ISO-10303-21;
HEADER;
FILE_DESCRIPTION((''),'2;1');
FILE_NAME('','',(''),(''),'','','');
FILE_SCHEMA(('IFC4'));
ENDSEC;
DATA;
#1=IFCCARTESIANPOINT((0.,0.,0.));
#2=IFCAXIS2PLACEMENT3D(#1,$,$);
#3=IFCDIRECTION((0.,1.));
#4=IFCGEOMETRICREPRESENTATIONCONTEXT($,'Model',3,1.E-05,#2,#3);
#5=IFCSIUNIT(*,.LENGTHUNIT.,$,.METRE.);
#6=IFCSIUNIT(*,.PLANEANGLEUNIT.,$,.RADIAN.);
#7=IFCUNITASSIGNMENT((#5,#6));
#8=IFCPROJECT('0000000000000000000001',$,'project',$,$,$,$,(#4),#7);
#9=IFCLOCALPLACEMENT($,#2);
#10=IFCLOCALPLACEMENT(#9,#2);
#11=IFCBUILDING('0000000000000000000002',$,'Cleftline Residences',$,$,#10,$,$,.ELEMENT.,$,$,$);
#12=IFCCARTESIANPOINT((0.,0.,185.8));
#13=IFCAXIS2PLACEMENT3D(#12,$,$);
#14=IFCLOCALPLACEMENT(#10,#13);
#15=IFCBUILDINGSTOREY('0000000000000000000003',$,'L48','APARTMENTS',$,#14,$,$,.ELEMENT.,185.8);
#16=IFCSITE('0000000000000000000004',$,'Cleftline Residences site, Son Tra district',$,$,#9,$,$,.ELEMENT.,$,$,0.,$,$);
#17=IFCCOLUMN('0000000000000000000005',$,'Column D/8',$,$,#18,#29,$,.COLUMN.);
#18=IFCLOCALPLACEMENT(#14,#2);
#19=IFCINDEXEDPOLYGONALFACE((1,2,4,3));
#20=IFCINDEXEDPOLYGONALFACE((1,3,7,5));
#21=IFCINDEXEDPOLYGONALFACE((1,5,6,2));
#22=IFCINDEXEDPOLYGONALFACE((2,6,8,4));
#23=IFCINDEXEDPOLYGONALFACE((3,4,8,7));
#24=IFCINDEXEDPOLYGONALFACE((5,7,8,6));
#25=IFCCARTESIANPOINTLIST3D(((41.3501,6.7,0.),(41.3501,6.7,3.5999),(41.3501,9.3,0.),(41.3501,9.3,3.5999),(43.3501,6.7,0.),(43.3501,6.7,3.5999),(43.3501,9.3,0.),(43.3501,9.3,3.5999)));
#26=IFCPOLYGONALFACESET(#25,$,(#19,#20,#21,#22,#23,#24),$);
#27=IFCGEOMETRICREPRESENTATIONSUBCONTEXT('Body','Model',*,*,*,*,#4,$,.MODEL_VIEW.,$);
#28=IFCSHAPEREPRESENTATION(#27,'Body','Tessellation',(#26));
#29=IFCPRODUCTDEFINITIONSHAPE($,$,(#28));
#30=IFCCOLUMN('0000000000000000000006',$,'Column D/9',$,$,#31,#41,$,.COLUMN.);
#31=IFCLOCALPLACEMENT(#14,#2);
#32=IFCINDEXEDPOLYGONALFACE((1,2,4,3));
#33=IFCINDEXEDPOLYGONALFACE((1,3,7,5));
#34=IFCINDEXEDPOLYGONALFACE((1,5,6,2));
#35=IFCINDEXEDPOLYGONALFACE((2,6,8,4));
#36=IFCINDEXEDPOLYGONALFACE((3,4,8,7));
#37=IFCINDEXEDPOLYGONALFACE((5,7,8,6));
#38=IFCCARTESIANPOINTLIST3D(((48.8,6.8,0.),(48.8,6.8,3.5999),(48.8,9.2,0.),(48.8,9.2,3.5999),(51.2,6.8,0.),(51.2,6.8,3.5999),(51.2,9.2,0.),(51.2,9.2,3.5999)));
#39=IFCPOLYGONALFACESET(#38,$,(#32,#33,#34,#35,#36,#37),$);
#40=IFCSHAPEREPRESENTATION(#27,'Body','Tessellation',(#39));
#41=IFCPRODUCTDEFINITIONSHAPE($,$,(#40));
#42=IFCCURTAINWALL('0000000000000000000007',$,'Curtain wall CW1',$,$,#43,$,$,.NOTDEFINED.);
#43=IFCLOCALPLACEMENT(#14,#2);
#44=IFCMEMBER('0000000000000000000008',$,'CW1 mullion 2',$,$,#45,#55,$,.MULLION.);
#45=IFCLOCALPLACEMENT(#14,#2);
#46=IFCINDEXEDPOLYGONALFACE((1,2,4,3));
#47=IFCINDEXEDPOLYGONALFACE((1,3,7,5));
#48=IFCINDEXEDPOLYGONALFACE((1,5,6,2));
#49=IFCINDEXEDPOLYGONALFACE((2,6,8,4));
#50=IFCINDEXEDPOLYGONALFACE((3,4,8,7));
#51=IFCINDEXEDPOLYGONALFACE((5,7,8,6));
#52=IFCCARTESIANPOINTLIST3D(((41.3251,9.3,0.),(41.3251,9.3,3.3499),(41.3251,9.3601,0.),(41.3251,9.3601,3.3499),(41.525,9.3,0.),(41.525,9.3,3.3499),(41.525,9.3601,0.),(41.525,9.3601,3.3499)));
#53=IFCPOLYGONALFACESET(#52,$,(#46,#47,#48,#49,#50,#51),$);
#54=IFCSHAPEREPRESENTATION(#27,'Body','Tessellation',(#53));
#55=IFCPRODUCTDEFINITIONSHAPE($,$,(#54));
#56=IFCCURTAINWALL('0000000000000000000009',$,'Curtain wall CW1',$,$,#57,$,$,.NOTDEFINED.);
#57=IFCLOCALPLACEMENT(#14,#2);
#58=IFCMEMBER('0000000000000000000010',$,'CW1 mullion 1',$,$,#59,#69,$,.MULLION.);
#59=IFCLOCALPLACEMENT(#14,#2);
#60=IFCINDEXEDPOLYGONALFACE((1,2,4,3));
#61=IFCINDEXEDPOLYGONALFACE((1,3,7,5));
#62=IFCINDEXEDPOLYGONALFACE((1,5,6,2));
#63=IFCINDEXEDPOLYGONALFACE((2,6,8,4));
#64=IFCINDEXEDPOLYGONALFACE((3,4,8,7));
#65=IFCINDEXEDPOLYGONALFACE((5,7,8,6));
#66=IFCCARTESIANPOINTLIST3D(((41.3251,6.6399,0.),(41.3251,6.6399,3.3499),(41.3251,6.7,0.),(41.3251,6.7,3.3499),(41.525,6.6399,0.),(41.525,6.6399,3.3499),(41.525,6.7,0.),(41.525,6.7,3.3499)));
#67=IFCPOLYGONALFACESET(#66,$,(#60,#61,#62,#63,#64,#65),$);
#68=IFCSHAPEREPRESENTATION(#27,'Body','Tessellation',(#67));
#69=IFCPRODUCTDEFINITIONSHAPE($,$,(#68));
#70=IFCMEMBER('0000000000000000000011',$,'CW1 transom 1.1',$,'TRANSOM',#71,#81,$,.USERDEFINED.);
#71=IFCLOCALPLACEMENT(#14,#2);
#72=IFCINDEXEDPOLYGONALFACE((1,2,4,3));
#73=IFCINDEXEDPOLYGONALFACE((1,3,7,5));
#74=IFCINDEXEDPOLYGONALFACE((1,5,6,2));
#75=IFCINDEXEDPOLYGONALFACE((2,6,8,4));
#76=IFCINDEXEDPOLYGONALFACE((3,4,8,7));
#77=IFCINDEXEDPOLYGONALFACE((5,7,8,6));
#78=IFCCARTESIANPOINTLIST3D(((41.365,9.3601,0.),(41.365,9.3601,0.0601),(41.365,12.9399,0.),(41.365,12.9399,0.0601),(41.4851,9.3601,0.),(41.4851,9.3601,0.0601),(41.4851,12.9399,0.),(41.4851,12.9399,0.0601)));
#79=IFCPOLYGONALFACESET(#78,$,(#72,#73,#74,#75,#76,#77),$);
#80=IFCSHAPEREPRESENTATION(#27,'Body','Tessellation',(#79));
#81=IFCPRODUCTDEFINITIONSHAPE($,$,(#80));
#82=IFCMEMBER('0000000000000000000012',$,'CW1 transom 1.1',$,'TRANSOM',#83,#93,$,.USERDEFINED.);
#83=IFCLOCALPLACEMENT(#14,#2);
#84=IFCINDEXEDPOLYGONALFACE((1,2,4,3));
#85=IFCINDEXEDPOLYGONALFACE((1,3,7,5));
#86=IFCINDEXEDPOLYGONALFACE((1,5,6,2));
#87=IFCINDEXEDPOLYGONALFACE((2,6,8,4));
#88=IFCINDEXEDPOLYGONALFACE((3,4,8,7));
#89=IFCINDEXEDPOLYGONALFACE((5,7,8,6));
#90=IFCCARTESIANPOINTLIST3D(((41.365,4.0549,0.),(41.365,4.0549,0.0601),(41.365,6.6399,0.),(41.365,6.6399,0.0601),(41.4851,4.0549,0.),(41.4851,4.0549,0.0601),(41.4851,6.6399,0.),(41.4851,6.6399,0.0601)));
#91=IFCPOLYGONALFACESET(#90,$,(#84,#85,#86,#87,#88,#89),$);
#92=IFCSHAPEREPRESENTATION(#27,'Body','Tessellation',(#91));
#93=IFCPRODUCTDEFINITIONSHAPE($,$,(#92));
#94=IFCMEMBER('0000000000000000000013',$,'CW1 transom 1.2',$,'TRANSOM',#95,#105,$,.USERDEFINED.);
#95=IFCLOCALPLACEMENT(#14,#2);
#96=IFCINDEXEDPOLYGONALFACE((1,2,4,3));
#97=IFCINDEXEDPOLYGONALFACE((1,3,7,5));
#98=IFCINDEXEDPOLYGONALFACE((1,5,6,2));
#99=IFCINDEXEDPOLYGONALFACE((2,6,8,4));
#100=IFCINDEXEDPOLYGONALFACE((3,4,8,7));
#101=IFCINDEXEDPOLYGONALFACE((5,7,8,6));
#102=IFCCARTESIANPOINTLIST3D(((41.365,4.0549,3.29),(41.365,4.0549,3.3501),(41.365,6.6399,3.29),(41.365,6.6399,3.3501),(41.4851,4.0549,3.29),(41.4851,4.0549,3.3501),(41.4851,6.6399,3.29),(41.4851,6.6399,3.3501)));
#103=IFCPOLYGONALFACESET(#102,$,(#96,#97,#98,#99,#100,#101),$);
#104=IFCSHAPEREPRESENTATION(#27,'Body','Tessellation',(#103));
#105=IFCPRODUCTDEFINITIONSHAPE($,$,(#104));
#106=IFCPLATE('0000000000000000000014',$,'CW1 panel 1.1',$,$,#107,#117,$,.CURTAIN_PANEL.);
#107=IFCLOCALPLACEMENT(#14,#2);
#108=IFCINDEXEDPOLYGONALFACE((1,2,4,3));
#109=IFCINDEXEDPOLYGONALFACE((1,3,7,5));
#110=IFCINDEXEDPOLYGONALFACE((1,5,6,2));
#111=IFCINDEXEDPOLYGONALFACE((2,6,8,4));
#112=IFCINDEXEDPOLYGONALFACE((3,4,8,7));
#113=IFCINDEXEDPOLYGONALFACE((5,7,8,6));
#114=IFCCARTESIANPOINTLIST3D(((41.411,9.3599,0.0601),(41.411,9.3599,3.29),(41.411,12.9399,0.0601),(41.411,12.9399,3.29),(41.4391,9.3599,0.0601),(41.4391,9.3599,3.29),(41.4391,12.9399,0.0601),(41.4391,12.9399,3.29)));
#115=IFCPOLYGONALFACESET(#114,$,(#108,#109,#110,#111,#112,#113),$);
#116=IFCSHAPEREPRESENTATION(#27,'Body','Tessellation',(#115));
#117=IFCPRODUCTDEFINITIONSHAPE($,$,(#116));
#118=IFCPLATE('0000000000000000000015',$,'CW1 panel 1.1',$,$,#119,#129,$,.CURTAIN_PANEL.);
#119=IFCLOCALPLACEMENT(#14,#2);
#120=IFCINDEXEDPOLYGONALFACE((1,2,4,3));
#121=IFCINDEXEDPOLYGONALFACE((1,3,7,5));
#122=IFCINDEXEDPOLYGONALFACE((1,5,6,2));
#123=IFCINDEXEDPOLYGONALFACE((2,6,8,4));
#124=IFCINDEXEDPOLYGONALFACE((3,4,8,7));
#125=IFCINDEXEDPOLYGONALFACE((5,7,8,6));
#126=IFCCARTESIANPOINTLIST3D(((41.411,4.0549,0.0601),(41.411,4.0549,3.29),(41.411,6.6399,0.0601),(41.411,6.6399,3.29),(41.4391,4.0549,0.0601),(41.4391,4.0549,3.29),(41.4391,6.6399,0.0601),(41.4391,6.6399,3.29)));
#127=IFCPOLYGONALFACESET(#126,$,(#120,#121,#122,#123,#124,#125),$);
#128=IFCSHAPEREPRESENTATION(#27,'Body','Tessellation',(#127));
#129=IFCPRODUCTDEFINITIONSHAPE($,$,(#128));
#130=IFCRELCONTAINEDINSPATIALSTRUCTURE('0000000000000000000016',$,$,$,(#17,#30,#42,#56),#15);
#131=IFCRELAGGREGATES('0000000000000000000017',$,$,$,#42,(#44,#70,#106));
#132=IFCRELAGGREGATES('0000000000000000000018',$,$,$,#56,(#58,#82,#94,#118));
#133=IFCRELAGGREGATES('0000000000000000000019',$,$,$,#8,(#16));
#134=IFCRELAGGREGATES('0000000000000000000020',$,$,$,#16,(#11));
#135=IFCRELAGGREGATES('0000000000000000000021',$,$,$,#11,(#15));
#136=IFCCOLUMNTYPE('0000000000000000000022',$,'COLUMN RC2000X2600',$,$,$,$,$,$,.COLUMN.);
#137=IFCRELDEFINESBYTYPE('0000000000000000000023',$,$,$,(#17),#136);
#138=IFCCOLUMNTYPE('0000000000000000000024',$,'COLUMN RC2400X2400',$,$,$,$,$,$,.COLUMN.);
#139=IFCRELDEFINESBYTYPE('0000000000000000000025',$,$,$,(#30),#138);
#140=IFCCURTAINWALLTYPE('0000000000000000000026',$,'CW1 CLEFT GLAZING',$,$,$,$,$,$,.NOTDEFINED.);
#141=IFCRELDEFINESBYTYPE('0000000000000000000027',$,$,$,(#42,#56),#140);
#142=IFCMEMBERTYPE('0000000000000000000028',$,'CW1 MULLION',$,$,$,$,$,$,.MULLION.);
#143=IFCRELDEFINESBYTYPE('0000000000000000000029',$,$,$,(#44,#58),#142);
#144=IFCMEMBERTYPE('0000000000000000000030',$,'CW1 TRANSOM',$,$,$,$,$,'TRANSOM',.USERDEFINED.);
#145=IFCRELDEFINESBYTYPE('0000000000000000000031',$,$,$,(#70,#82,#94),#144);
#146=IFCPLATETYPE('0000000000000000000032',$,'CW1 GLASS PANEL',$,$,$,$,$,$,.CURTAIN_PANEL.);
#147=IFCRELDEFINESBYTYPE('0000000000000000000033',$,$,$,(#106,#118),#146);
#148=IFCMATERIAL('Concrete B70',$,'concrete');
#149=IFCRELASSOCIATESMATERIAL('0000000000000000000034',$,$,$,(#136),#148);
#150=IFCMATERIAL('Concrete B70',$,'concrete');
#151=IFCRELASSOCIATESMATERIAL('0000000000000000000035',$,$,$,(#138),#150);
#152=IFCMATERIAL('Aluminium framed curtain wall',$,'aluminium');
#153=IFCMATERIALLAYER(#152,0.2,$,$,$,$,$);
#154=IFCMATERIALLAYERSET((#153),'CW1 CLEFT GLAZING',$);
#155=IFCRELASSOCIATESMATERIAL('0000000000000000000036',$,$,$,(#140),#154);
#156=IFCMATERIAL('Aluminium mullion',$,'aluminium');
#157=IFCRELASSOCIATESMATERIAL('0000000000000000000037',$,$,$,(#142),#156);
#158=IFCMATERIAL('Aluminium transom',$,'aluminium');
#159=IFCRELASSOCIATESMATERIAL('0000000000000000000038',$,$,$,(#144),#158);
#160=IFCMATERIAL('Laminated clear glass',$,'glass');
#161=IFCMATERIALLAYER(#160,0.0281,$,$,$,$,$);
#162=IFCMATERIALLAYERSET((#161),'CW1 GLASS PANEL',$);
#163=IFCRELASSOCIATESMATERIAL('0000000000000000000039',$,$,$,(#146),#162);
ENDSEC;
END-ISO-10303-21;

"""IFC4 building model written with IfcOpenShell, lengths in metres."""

from ifc_helpers import new_model, si_unit, direction, frame, origin, origin_2d, place, context, subcontext, project, spatial, rectangle, extrude, material, layer, layer_set, material_profile, profile_set, type_object, element, aggregate, save


model = new_model("IFC4")

# Units and contexts
model_context = context("Model", 3, precision=1e-05, world=origin(), true_north=direction((0.0, 1.0)))
body_context = subcontext(model_context, "Body", "Model", "MODEL_VIEW")
ifc_project = project(units=[si_unit("LENGTHUNIT", "METRE"), si_unit("PLANEANGLEUNIT", "RADIAN")], contexts=[model_context])

# Site, building, storey
site_placement = place(None, origin())
site = spatial("IfcSite", under=ifc_project, at=site_placement, Name="Cleftline Residences site, Son Tra district", CompositionType="ELEMENT", RefElevation=0.0)
building_placement = place(site_placement, origin())
building = spatial("IfcBuilding", under=site, at=building_placement, Name="Cleftline Residences", CompositionType="ELEMENT")
storey_placement = place(building_placement, frame((0.0, 0.0, 185.8)))
storey = spatial("IfcBuildingStorey", under=building, at=storey_placement, Name="L48", Description="APARTMENTS", CompositionType="ELEMENT", Elevation=185.8)

# Columns
ifc_material_1 = material(Name="Concrete B70", Category="concrete")
ifc_material_profile_1 = material_profile(ifc_material_1, rectangle(XDim=2.0, YDim=2.6001, at=origin_2d()))
ifc_profile_set_1 = profile_set([ifc_material_profile_1], Name="Concrete B70")
column_type_1 = type_object("IfcColumnType", Name="COLUMN RC2000X2600", PredefinedType="COLUMN", material=ifc_profile_set_1)
column_1_placement = place(storey_placement, frame((42.3501, 8.0, 0.0), z_axis=(0.0, 0.0, 1.0), x_axis=(1.0, 0.0, 0.0)))
element("IfcColumn", 1, at=column_1_placement, inside=storey, type_object=column_type_1, Name="Column D/8", PredefinedType="COLUMN", context=body_context, shape_type="SweptSolid", body=[
    extrude(rectangle(XDim=2.0, YDim=2.6001, at=origin_2d()), origin(), (0.0, 0.0, 1.0), 3.5999),
])
ifc_material_2 = material(Name="Concrete B70", Category="concrete")
ifc_material_profile_2 = material_profile(ifc_material_2, rectangle(XDim=2.3999, YDim=2.3999, at=origin_2d()))
ifc_profile_set_2 = profile_set([ifc_material_profile_2], Name="Concrete B70")
column_type_2 = type_object("IfcColumnType", Name="COLUMN RC2400X2400", PredefinedType="COLUMN", material=ifc_profile_set_2)
column_2_placement = place(storey_placement, frame((50.0, 8.0, 0.0), z_axis=(0.0, 0.0, 1.0), x_axis=(1.0, 0.0, 0.0)))
element("IfcColumn", 2, at=column_2_placement, inside=storey, type_object=column_type_2, Name="Column D/9", PredefinedType="COLUMN", context=body_context, shape_type="SweptSolid", body=[
    extrude(rectangle(XDim=2.3999, YDim=2.3999, at=origin_2d()), origin(), (0.0, 0.0, 1.0), 3.5999),
])

# Curtain walls, members
ifc_material_3 = material(Name="Aluminium framed curtain wall", Category="aluminium")
ifc_layer_1 = layer(ifc_material_3, 0.2)
ifc_layer_set_1 = layer_set([ifc_layer_1], Name="CW1 CLEFT GLAZING")
curtain_wall_type = type_object("IfcCurtainWallType", Name="CW1 CLEFT GLAZING", PredefinedType="NOTDEFINED", material=ifc_layer_set_1)
curtain_wall_1_placement = place(storey_placement, origin())
curtain_wall_1 = element("IfcCurtainWall", 3, at=curtain_wall_1_placement, inside=storey, type_object=curtain_wall_type, Name="Curtain wall CW1", PredefinedType="NOTDEFINED")
ifc_material_4 = material(Name="Aluminium mullion", Category="aluminium")
ifc_material_profile_3 = material_profile(ifc_material_4, rectangle(XDim=0.2, YDim=0.0601, at=origin_2d()))
ifc_profile_set_3 = profile_set([ifc_material_profile_3], Name="Aluminium mullion")
member_type_1 = type_object("IfcMemberType", Name="CW1 MULLION", PredefinedType="MULLION", material=ifc_profile_set_3)
member_1_placement = place(storey_placement, frame((41.425, 9.3301, 0.0), z_axis=(0.0, 0.0, 1.0), x_axis=(1.0, 0.0, 0.0)))
member_1 = element("IfcMember", 4, at=member_1_placement, type_object=member_type_1, Name="CW1 mullion 2", PredefinedType="MULLION", context=body_context, shape_type="SweptSolid", body=[
    extrude(rectangle(XDim=0.2, YDim=0.0601, at=origin_2d()), origin(), (0.0, 0.0, 1.0), 3.3499),
])
curtain_wall_2_placement = place(storey_placement, origin())
curtain_wall_2 = element("IfcCurtainWall", 5, at=curtain_wall_2_placement, inside=storey, type_object=curtain_wall_type, Name="Curtain wall CW1", PredefinedType="NOTDEFINED")
member_2_placement = place(storey_placement, frame((41.425, 6.6699, 0.0), z_axis=(0.0, 0.0, 1.0), x_axis=(1.0, 0.0, 0.0)))
member_2 = element("IfcMember", 6, at=member_2_placement, type_object=member_type_1, Name="CW1 mullion 1", PredefinedType="MULLION", context=body_context, shape_type="SweptSolid", body=[
    extrude(rectangle(XDim=0.2, YDim=0.0601, at=origin_2d()), origin(), (0.0, 0.0, 1.0), 3.3499),
])

# Members
ifc_material_5 = material(Name="Aluminium transom", Category="aluminium")
ifc_material_profile_4 = material_profile(ifc_material_5, rectangle(XDim=0.1201, YDim=0.0601, at=origin_2d()))
ifc_profile_set_4 = profile_set([ifc_material_profile_4], Name="Aluminium transom")
member_type_2 = type_object("IfcMemberType", Name="CW1 TRANSOM", ElementType="TRANSOM", PredefinedType="USERDEFINED", material=ifc_profile_set_4)
member_3_placement = place(storey_placement, frame((41.425, 12.9399, 0.03), z_axis=(0.0, -1.0, 0.0), x_axis=(1.0, 0.0, 0.0)))
member_3 = element("IfcMember", 7, at=member_3_placement, type_object=member_type_2, Name="CW1 transom 1.1", ObjectType="TRANSOM", PredefinedType="USERDEFINED", context=body_context, shape_type="SweptSolid", body=[
    extrude(rectangle(XDim=0.1201, YDim=0.0601, at=origin_2d()), origin(), (0.0, 0.0, 1.0), 3.5798),
])
member_4_placement = place(storey_placement, frame((41.425, 6.6399, 0.03), z_axis=(0.0, -1.0, 0.0), x_axis=(1.0, 0.0, 0.0)))
member_4 = element("IfcMember", 8, at=member_4_placement, type_object=member_type_2, Name="CW1 transom 1.1", ObjectType="TRANSOM", PredefinedType="USERDEFINED", context=body_context, shape_type="SweptSolid", body=[
    extrude(rectangle(XDim=0.1201, YDim=0.0601, at=origin_2d()), origin(), (0.0, 0.0, 1.0), 2.585),
])
member_5_placement = place(storey_placement, frame((41.425, 6.6399, 3.3201), z_axis=(0.0, -1.0, 0.0), x_axis=(1.0, 0.0, 0.0)))
member_5 = element("IfcMember", 9, at=member_5_placement, type_object=member_type_2, Name="CW1 transom 1.2", ObjectType="TRANSOM", PredefinedType="USERDEFINED", context=body_context, shape_type="SweptSolid", body=[
    extrude(rectangle(XDim=0.1201, YDim=0.0601, at=origin_2d()), origin(), (0.0, 0.0, 1.0), 2.585),
])

# Plates
ifc_material_6 = material(Name="Laminated clear glass", Category="glass")
ifc_layer_2 = layer(ifc_material_6, 0.0281)
ifc_layer_set_2 = layer_set([ifc_layer_2], Name="CW1 GLASS PANEL")
plate_type = type_object("IfcPlateType", Name="CW1 GLASS PANEL", PredefinedType="CURTAIN_PANEL", material=ifc_layer_set_2)
plate_1_placement = place(storey_placement, frame((41.425, 11.1499, 0.0601), z_axis=(0.0, 0.0, 1.0), x_axis=(0.0, -1.0, 0.0)))
plate_1 = element("IfcPlate", 10, at=plate_1_placement, type_object=plate_type, Name="CW1 panel 1.1", PredefinedType="CURTAIN_PANEL", context=body_context, shape_type="SweptSolid", body=[
    extrude(rectangle(XDim=3.5801, YDim=0.0281, at=origin_2d()), origin(), (0.0, 0.0, 1.0), 3.23),
])
aggregate(curtain_wall_1, [member_1, member_3, plate_1])
plate_2_placement = place(storey_placement, frame((41.425, 5.3474, 0.0601), z_axis=(0.0, 0.0, 1.0), x_axis=(0.0, -1.0, 0.0)))
plate_2 = element("IfcPlate", 11, at=plate_2_placement, type_object=plate_type, Name="CW1 panel 1.1", PredefinedType="CURTAIN_PANEL", context=body_context, shape_type="SweptSolid", body=[
    extrude(rectangle(XDim=2.585, YDim=0.0281, at=origin_2d()), origin(), (0.0, 0.0, 1.0), 3.23),
])
aggregate(curtain_wall_2, [member_2, member_4, member_5, plate_2])

save(model, "model.ifc")
